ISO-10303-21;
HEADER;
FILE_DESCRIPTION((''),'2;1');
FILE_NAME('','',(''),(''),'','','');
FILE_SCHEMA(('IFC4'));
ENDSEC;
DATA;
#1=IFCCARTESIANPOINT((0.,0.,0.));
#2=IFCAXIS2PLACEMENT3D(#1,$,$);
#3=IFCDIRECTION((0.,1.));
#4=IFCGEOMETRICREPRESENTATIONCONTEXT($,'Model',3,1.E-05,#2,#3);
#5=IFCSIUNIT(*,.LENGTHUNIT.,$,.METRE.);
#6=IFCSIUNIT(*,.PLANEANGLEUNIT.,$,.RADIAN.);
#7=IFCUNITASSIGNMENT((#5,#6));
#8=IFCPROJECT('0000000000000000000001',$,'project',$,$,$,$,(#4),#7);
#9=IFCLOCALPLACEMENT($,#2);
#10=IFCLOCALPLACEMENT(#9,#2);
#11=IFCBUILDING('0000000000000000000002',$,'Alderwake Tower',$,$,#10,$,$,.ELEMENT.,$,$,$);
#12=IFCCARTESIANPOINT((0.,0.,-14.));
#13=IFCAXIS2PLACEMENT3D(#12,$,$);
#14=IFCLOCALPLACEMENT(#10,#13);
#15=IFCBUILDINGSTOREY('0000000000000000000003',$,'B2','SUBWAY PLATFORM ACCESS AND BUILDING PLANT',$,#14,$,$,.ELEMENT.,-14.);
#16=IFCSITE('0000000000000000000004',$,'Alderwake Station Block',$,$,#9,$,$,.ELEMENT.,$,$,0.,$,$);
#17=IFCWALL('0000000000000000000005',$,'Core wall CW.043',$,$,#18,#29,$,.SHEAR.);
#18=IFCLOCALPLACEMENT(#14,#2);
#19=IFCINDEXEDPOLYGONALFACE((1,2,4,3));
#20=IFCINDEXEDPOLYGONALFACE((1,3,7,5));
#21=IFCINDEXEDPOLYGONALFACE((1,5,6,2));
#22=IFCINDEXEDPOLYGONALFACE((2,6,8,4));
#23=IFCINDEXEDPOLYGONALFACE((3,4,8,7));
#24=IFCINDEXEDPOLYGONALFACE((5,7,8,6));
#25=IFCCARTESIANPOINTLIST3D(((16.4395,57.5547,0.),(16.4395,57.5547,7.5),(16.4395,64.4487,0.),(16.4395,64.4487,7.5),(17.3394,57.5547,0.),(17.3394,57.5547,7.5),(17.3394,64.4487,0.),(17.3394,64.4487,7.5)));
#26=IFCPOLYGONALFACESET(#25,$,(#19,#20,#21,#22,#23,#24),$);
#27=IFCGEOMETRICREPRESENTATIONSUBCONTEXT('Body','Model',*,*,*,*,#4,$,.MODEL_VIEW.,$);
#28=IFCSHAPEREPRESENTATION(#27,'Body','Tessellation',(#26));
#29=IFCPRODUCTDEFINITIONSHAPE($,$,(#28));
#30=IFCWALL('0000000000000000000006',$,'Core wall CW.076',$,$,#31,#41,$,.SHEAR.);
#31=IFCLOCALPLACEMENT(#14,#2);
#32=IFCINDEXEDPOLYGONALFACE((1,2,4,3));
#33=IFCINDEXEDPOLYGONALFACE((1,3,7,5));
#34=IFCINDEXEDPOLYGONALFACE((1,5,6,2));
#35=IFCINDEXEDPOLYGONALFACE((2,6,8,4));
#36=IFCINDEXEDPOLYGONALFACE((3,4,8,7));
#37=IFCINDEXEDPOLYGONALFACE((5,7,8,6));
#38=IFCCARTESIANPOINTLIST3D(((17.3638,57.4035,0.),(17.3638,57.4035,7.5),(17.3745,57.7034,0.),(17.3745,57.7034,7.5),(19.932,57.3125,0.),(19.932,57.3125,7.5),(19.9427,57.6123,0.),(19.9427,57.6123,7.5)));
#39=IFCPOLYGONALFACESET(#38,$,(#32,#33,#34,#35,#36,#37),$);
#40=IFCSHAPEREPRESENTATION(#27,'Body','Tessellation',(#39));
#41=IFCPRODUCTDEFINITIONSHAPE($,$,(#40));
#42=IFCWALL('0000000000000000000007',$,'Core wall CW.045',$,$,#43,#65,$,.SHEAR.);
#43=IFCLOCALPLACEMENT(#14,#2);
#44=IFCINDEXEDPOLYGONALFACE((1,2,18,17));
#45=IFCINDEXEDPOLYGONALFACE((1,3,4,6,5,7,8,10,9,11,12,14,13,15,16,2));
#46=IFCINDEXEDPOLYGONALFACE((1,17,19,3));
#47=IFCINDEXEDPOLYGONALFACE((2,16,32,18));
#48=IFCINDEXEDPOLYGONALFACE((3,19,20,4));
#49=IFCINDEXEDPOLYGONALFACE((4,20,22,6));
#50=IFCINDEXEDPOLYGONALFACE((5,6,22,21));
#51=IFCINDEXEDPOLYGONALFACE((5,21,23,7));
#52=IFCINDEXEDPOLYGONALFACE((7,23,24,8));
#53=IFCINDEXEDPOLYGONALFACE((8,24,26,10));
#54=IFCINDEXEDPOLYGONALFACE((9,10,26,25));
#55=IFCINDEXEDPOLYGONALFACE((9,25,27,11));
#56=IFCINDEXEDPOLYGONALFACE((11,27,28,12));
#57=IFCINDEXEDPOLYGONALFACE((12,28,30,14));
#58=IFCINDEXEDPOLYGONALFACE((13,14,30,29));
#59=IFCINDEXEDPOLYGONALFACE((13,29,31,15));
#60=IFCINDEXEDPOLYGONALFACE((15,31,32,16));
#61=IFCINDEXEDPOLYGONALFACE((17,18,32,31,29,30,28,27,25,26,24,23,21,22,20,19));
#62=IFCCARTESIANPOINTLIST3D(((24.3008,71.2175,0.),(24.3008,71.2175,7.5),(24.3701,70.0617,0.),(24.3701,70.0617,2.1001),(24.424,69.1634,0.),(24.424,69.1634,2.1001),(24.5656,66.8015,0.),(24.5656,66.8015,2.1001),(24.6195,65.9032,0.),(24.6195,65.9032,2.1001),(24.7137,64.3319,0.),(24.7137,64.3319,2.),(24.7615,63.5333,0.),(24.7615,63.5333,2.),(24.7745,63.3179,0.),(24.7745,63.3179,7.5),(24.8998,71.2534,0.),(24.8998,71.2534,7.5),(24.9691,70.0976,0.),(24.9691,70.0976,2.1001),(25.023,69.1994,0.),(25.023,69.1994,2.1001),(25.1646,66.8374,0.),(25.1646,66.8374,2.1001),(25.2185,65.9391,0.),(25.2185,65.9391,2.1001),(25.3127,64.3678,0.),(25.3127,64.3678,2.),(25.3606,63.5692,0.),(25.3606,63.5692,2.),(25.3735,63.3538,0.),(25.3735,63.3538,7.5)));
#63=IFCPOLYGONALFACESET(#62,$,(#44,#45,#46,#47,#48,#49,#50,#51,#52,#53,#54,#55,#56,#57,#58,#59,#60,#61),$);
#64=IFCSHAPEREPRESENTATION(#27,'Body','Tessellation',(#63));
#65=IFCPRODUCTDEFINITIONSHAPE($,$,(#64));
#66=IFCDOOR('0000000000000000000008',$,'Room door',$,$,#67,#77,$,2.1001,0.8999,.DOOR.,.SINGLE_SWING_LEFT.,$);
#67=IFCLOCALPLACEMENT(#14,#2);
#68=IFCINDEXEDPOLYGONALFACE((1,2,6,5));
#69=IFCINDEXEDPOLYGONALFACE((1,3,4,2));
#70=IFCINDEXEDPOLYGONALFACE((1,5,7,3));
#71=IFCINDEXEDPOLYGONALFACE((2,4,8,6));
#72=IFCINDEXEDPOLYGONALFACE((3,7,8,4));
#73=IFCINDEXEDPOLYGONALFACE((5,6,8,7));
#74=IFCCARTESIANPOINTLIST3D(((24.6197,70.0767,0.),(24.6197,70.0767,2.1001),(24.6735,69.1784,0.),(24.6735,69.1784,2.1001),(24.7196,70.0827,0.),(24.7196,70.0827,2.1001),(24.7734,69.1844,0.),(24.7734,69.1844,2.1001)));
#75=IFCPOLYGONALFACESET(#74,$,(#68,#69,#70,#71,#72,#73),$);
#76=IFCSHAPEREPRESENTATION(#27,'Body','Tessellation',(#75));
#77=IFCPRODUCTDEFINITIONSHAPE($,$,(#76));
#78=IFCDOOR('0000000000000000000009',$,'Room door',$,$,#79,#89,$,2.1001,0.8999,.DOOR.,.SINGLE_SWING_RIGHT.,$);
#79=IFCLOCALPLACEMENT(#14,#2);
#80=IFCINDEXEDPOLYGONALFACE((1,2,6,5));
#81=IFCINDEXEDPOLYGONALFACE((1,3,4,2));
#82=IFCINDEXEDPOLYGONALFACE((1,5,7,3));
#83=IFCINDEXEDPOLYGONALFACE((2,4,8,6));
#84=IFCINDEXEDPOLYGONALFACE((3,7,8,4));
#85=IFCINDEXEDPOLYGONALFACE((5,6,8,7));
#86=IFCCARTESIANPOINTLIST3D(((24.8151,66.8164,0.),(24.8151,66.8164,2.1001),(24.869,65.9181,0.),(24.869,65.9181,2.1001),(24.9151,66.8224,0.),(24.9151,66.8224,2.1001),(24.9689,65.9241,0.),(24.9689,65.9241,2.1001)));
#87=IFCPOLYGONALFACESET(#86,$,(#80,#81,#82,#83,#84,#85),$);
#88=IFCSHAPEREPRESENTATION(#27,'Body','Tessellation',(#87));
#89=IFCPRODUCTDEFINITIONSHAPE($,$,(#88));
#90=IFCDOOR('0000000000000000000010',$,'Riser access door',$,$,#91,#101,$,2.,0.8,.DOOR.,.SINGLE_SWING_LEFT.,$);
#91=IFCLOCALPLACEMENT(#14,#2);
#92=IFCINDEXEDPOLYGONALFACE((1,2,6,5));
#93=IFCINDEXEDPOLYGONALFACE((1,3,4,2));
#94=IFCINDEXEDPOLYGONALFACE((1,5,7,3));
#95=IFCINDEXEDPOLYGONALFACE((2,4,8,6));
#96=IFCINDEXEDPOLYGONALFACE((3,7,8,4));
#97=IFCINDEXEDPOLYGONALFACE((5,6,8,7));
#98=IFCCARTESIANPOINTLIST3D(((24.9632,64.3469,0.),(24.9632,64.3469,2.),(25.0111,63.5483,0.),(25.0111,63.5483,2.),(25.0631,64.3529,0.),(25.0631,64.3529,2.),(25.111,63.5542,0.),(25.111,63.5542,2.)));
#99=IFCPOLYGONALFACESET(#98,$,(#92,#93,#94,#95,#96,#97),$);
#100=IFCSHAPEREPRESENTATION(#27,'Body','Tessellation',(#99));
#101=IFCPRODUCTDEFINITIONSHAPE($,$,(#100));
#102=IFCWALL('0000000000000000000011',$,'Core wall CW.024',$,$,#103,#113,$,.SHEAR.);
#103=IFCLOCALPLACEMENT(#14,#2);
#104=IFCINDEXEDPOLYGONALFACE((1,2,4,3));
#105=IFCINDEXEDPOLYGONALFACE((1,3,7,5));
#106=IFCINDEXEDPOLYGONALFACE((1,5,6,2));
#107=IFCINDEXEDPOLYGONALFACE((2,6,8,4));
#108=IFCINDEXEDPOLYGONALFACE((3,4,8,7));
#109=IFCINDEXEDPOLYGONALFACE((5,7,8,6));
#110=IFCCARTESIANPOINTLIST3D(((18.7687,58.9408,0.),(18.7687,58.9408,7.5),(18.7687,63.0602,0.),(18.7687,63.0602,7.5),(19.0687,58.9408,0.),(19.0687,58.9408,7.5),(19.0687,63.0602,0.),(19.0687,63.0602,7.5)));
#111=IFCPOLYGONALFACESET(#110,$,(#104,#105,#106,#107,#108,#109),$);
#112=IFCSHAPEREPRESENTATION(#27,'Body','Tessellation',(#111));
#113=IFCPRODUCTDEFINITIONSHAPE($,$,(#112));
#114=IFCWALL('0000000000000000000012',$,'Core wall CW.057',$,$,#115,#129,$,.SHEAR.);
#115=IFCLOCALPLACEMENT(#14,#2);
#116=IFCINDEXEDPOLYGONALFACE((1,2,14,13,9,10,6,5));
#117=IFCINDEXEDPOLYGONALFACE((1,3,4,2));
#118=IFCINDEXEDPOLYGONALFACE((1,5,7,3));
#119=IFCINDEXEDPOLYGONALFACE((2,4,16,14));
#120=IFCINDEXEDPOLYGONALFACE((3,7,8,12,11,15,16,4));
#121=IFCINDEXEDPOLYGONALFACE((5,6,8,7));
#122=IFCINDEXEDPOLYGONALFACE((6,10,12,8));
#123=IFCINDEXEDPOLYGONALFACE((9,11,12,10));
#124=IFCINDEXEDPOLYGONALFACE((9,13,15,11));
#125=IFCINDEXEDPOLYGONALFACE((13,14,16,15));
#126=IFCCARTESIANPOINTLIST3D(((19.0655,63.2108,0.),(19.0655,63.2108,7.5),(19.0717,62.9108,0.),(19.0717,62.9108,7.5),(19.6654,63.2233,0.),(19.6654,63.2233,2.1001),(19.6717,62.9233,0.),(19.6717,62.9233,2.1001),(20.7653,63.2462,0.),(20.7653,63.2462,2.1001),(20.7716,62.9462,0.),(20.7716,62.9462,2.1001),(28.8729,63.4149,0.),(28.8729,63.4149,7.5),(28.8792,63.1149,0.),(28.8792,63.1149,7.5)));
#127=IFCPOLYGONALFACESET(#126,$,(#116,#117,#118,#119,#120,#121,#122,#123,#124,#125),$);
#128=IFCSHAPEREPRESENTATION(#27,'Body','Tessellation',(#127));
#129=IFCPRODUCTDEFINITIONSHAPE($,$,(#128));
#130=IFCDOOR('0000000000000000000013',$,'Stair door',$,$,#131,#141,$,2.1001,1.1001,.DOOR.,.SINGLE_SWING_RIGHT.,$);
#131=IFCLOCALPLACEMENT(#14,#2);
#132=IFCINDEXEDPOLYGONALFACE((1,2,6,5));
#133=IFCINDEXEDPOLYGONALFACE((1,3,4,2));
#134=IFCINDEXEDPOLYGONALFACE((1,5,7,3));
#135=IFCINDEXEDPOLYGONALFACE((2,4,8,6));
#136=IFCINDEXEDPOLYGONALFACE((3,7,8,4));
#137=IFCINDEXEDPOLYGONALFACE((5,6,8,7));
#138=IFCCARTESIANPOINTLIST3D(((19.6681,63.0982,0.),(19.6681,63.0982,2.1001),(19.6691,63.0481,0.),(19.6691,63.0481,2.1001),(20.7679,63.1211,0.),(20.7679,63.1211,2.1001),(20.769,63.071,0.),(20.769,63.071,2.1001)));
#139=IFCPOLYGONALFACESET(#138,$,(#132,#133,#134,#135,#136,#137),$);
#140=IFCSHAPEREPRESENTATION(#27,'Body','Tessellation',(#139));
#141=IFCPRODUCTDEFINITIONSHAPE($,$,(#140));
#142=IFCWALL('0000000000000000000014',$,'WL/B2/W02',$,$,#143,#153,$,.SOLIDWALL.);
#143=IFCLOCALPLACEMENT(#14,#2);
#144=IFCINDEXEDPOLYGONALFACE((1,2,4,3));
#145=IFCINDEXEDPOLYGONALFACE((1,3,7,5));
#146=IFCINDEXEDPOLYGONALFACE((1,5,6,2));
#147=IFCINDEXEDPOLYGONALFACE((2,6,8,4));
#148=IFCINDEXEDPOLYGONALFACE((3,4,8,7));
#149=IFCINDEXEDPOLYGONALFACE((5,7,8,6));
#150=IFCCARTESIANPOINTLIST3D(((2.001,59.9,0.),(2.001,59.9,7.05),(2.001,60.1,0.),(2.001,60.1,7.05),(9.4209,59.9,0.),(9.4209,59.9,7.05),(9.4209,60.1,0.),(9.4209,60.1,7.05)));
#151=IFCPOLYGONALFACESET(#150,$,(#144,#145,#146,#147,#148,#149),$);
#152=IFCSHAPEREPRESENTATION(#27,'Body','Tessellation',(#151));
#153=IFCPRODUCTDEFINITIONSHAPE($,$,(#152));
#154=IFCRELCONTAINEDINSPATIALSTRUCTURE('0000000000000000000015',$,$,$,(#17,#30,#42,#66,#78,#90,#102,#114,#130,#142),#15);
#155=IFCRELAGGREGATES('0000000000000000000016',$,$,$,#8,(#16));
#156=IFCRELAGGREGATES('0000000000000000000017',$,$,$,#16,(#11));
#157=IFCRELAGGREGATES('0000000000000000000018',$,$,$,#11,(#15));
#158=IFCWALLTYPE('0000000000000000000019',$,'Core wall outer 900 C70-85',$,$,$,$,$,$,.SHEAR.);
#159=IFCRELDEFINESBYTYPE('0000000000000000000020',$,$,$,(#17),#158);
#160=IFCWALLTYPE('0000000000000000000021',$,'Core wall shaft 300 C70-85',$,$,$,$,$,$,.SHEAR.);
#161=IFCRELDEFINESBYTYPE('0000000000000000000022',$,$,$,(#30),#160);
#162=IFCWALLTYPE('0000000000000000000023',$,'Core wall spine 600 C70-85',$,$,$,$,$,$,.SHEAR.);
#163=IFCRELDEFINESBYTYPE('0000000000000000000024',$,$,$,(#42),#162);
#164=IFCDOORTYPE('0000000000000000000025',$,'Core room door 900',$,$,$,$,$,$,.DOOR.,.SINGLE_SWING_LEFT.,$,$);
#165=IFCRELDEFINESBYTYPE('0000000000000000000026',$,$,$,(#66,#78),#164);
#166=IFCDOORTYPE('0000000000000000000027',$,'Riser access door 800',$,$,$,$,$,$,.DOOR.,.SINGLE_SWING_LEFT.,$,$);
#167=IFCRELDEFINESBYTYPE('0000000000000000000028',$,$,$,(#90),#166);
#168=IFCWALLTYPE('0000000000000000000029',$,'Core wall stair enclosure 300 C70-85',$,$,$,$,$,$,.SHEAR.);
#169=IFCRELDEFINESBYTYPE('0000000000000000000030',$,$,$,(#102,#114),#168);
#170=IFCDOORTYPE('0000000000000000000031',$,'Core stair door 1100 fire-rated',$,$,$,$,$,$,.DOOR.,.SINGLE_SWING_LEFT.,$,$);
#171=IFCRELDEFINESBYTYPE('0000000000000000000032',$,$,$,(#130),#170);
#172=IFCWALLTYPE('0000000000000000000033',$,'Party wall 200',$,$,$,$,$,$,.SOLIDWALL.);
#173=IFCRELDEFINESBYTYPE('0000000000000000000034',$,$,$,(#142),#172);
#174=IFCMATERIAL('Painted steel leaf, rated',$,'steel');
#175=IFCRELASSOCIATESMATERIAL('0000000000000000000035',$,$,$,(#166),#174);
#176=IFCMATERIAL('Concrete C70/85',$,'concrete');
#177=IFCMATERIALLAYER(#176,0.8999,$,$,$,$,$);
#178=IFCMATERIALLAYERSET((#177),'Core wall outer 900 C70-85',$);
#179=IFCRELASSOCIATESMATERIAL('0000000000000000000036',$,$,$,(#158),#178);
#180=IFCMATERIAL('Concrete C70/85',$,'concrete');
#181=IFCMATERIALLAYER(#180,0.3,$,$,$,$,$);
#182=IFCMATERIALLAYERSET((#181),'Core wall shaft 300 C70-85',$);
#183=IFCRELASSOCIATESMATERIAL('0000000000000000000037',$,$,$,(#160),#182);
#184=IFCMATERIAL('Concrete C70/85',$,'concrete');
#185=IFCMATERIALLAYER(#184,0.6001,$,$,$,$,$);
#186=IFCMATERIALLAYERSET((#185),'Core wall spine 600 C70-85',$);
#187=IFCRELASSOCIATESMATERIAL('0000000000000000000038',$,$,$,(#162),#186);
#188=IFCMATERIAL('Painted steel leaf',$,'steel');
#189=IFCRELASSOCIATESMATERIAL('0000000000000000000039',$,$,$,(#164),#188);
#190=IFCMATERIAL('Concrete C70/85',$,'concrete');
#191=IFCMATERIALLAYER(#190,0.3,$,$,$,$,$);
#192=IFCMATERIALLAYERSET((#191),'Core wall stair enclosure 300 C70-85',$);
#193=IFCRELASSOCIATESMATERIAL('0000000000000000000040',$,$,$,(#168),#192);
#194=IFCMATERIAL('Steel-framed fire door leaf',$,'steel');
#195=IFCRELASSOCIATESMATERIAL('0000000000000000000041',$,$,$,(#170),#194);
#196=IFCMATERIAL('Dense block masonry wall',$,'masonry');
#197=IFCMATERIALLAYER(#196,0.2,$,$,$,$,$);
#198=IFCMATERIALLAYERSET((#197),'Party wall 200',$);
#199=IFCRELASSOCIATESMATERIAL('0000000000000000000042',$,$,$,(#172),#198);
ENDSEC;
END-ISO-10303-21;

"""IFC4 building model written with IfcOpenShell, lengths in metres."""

from ifc_helpers import new_model, si_unit, direction, frame, frame_2d, origin, place, context, subcontext, project, spatial, rectangle, extrude, material, layer, layer_set, type_object, element, fill, save


model = new_model("IFC4")

# Units and contexts
model_context = context("Model", 3, precision=1e-05, world=origin(), true_north=direction((0.0, 1.0)))
body_context = subcontext(model_context, "Body", "Model", "MODEL_VIEW")
ifc_project = project(units=[si_unit("LENGTHUNIT", "METRE"), si_unit("PLANEANGLEUNIT", "RADIAN")], contexts=[model_context])

# Site, building, storey
site_placement = place(None, origin())
site = spatial("IfcSite", under=ifc_project, at=site_placement, Name="Alderwake Station Block", CompositionType="ELEMENT", RefElevation=0.0)
building_placement = place(site_placement, origin())
building = spatial("IfcBuilding", under=site, at=building_placement, Name="Alderwake Tower", CompositionType="ELEMENT")
storey_placement = place(building_placement, frame((0.0, 0.0, -14.0)))
storey = spatial("IfcBuildingStorey", under=building, at=storey_placement, Name="B2", Description="SUBWAY PLATFORM ACCESS AND BUILDING PLANT", CompositionType="ELEMENT", Elevation=-14.0)

# Shared definitions
ifc_material_1 = material(Name="Painted steel leaf, rated", Category="steel")
door_type_1 = type_object("IfcDoorType", Name="Riser access door 800", OperationType="SINGLE_SWING_LEFT", PredefinedType="DOOR", material=ifc_material_1)

# Walls
ifc_material_2 = material(Name="Concrete C70/85", Category="concrete")
ifc_layer_1 = layer(ifc_material_2, 0.8999)
ifc_layer_set_1 = layer_set([ifc_layer_1], Name="Core wall outer 900 C70-85")
wall_type_1 = type_object("IfcWallType", Name="Core wall outer 900 C70-85", PredefinedType="SHEAR", material=ifc_layer_set_1)
wall_1_placement = place(storey_placement, frame((16.8894, 57.5547, 0.0), z_axis=(0.0, 0.0, 1.0), x_axis=(0.0, 1.0, 0.0)))
element("IfcWall", 1, at=wall_1_placement, inside=storey, type_object=wall_type_1, Name="Core wall CW.043", PredefinedType="SHEAR", context=body_context, shape_type="SweptSolid", body=[
    extrude(rectangle(XDim=6.894, YDim=0.8999, at=frame_2d((3.447, 0.0))), origin(), (0.0, 0.0, 1.0), 7.5),
])
ifc_material_3 = material(Name="Concrete C70/85", Category="concrete")
ifc_layer_2 = layer(ifc_material_3, 0.3)
ifc_layer_set_2 = layer_set([ifc_layer_2], Name="Core wall shaft 300 C70-85")
wall_type_2 = type_object("IfcWallType", Name="Core wall shaft 300 C70-85", PredefinedType="SHEAR", material=ifc_layer_set_2)
wall_2_placement = place(storey_placement, frame((17.3691, 57.5535, 0.0), z_axis=(0.0, 0.0, 1.0), x_axis=(0.999372, -0.035437, 0.0)))
element("IfcWall", 2, at=wall_2_placement, inside=storey, type_object=wall_type_2, Name="Core wall CW.076", PredefinedType="SHEAR", context=body_context, shape_type="SweptSolid", body=[
    extrude(rectangle(XDim=2.5698, YDim=0.3, at=frame_2d((1.2849, 0.0))), origin(), (0.0, 0.0, 1.0), 7.5),
])

# Wall, openings, doors
ifc_material_4 = material(Name="Concrete C70/85", Category="concrete")
ifc_layer_3 = layer(ifc_material_4, 0.6001)
ifc_layer_set_3 = layer_set([ifc_layer_3], Name="Core wall spine 600 C70-85")
wall_type_3 = type_object("IfcWallType", Name="Core wall spine 600 C70-85", PredefinedType="SHEAR", material=ifc_layer_set_3)
wall_3_placement = place(storey_placement, frame((25.074, 63.3357, 0.0), z_axis=(0.0, 0.0, 1.0), x_axis=(-0.059849, 0.998207, 0.0)))
wall_3 = element("IfcWall", 3, at=wall_3_placement, inside=storey, type_object=wall_type_3, Name="Core wall CW.045", PredefinedType="SHEAR", context=body_context, shape_type="SweptSolid", body=[
    extrude(rectangle(XDim=7.9138, YDim=0.6001, at=frame_2d((3.957, 0.0))), origin(), (0.0, 0.0, 1.0), 7.5),
])
opening_1_placement = place(wall_3_placement, frame((0.2161, 0.0, 0.0)))
opening_1 = element("IfcOpeningElement", 4, at=opening_1_placement, cuts=wall_3, PredefinedType="OPENING", context=body_context, shape_type="SweptSolid", body=[
    extrude(rectangle(XDim=0.8, YDim=2.0, at=frame_2d((0.3999, 1.0))), frame((0.0, 0.3101, 0.0), z_axis=(0.0, -1.0, 0.0), x_axis=(1.0, 0.0, 0.0)), (0.0, 0.0, 1.0), 0.6201),
])
opening_2_placement = place(wall_3_placement, frame((5.8562, 0.0, 0.0)))
opening_2 = element("IfcOpeningElement", 5, at=opening_2_placement, cuts=wall_3, PredefinedType="OPENING", context=body_context, shape_type="SweptSolid", body=[
    extrude(rectangle(XDim=0.8999, YDim=2.1001, at=frame_2d((0.45, 1.05))), frame((0.0, 0.3101, 0.0), z_axis=(0.0, -1.0, 0.0), x_axis=(1.0, 0.0, 0.0)), (0.0, 0.0, 1.0), 0.6201),
])
opening_3_placement = place(wall_3_placement, frame((2.5901, 0.0, 0.0)))
opening_3 = element("IfcOpeningElement", 6, at=opening_3_placement, cuts=wall_3, PredefinedType="OPENING", context=body_context, shape_type="SweptSolid", body=[
    extrude(rectangle(XDim=0.8999, YDim=2.1001, at=frame_2d((0.45, 1.05))), frame((0.0, 0.3101, 0.0), z_axis=(0.0, -1.0, 0.0), x_axis=(1.0, 0.0, 0.0)), (0.0, 0.0, 1.0), 0.6201),
])
ifc_material_5 = material(Name="Painted steel leaf", Category="steel")
door_type_2 = type_object("IfcDoorType", Name="Core room door 900", OperationType="SINGLE_SWING_LEFT", PredefinedType="DOOR", material=ifc_material_5)
door_1_placement = place(opening_2_placement, origin())
door_1 = element("IfcDoor", 7, at=door_1_placement, inside=storey, type_object=door_type_2, Name="Room door", OperationType="SINGLE_SWING_LEFT", OverallHeight=2.1001, OverallWidth=0.8999, PredefinedType="DOOR", context=body_context, shape_type="SweptSolid", body=[
    extrude(rectangle(XDim=0.8999, YDim=2.1001, at=frame_2d((0.45, 1.05))), frame((0.0, 0.05, 0.0), z_axis=(0.0, -1.0, 0.0), x_axis=(1.0, 0.0, 0.0)), (0.0, 0.0, 1.0), 0.1001),
])
fill(opening_2, door_1)
door_2_placement = place(opening_3_placement, origin())
door_2 = element("IfcDoor", 8, at=door_2_placement, inside=storey, type_object=door_type_2, Name="Room door", OperationType="SINGLE_SWING_RIGHT", OverallHeight=2.1001, OverallWidth=0.8999, PredefinedType="DOOR", context=body_context, shape_type="SweptSolid", body=[
    extrude(rectangle(XDim=0.8999, YDim=2.1001, at=frame_2d((0.45, 1.05))), frame((0.0, 0.05, 0.0), z_axis=(0.0, -1.0, 0.0), x_axis=(1.0, 0.0, 0.0)), (0.0, 0.0, 1.0), 0.1001),
])
fill(opening_3, door_2)
door_3_placement = place(opening_1_placement, origin())
door_3 = element("IfcDoor", 9, at=door_3_placement, inside=storey, type_object=door_type_1, Name="Riser access door", OperationType="SINGLE_SWING_LEFT", OverallHeight=2.0, OverallWidth=0.8, PredefinedType="DOOR", context=body_context, shape_type="SweptSolid", body=[
    extrude(rectangle(XDim=0.8, YDim=2.0, at=frame_2d((0.3999, 1.0))), frame((0.0, 0.05, 0.0), z_axis=(0.0, -1.0, 0.0), x_axis=(1.0, 0.0, 0.0)), (0.0, 0.0, 1.0), 0.1001),
])
fill(opening_1, door_3)

# Wall
ifc_material_6 = material(Name="Concrete C70/85", Category="concrete")
ifc_layer_4 = layer(ifc_material_6, 0.3)
ifc_layer_set_4 = layer_set([ifc_layer_4], Name="Core wall stair enclosure 300 C70-85")
wall_type_4 = type_object("IfcWallType", Name="Core wall stair enclosure 300 C70-85", PredefinedType="SHEAR", material=ifc_layer_set_4)
wall_4_placement = place(storey_placement, frame((18.9187, 58.9409, 0.0), z_axis=(0.0, 0.0, 1.0), x_axis=(0.0, 1.0, 0.0)))
element("IfcWall", 10, at=wall_4_placement, inside=storey, type_object=wall_type_4, Name="Core wall CW.024", PredefinedType="SHEAR", context=body_context, shape_type="SweptSolid", body=[
    extrude(rectangle(XDim=4.1194, YDim=0.3, at=frame_2d((2.0596, 0.0))), origin(), (0.0, 0.0, 1.0), 7.5),
])

# Wall, opening, door
wall_5_placement = place(storey_placement, frame((19.0686, 63.0608, 0.0), z_axis=(0.0, 0.0, 1.0), x_axis=(0.999784, 0.020807, 0.0)))
wall_5 = element("IfcWall", 11, at=wall_5_placement, inside=storey, type_object=wall_type_4, Name="Core wall CW.057", PredefinedType="SHEAR", context=body_context, shape_type="SweptSolid", body=[
    extrude(rectangle(XDim=9.8096, YDim=0.3, at=frame_2d((4.9048, 0.0))), origin(), (0.0, 0.0, 1.0), 7.5),
])
opening_4_placement = place(wall_5_placement, frame((0.6001, 0.0, 0.0)))
opening_4 = element("IfcOpeningElement", 12, at=opening_4_placement, cuts=wall_5, PredefinedType="OPENING", context=body_context, shape_type="SweptSolid", body=[
    extrude(rectangle(XDim=1.1001, YDim=2.1001, at=frame_2d((0.55, 1.05))), frame((0.0, 0.1599, 0.0), z_axis=(0.0, -1.0, 0.0), x_axis=(1.0, 0.0, 0.0)), (0.0, 0.0, 1.0), 0.3201),
])
ifc_material_7 = material(Name="Steel-framed fire door leaf", Category="steel")
door_type_3 = type_object("IfcDoorType", Name="Core stair door 1100 fire-rated", OperationType="SINGLE_SWING_LEFT", PredefinedType="DOOR", material=ifc_material_7)
door_4_placement = place(opening_4_placement, origin())
door_4 = element("IfcDoor", 13, at=door_4_placement, inside=storey, type_object=door_type_3, Name="Stair door", OperationType="SINGLE_SWING_RIGHT", OverallHeight=2.1001, OverallWidth=1.1001, PredefinedType="DOOR", context=body_context, shape_type="SweptSolid", body=[
    extrude(rectangle(XDim=1.1001, YDim=2.1001, at=frame_2d((0.55, 1.05))), frame((0.0, 0.0249, 0.0), z_axis=(0.0, -1.0, 0.0), x_axis=(1.0, 0.0, 0.0)), (0.0, 0.0, 1.0), 0.05),
])
fill(opening_4, door_4)

# Wall
ifc_material_8 = material(Name="Dense block masonry wall", Category="masonry")
ifc_layer_5 = layer(ifc_material_8, 0.2)
ifc_layer_set_5 = layer_set([ifc_layer_5], Name="Party wall 200")
wall_type_5 = type_object("IfcWallType", Name="Party wall 200", PredefinedType="SOLIDWALL", material=ifc_layer_set_5)
wall_6_placement = place(storey_placement, frame((9.4209, 60.0, 0.0), z_axis=(0.0, 0.0, 1.0), x_axis=(-1.0, 0.0, 0.0)))
element("IfcWall", 14, at=wall_6_placement, inside=storey, type_object=wall_type_5, Name="WL/B2/W02", PredefinedType="SOLIDWALL", context=body_context, shape_type="SweptSolid", body=[
    extrude(rectangle(XDim=7.4199, YDim=0.2, at=frame_2d((3.71, 0.0))), origin(), (0.0, 0.0, 1.0), 7.05),
])

save(model, "model.ifc")
